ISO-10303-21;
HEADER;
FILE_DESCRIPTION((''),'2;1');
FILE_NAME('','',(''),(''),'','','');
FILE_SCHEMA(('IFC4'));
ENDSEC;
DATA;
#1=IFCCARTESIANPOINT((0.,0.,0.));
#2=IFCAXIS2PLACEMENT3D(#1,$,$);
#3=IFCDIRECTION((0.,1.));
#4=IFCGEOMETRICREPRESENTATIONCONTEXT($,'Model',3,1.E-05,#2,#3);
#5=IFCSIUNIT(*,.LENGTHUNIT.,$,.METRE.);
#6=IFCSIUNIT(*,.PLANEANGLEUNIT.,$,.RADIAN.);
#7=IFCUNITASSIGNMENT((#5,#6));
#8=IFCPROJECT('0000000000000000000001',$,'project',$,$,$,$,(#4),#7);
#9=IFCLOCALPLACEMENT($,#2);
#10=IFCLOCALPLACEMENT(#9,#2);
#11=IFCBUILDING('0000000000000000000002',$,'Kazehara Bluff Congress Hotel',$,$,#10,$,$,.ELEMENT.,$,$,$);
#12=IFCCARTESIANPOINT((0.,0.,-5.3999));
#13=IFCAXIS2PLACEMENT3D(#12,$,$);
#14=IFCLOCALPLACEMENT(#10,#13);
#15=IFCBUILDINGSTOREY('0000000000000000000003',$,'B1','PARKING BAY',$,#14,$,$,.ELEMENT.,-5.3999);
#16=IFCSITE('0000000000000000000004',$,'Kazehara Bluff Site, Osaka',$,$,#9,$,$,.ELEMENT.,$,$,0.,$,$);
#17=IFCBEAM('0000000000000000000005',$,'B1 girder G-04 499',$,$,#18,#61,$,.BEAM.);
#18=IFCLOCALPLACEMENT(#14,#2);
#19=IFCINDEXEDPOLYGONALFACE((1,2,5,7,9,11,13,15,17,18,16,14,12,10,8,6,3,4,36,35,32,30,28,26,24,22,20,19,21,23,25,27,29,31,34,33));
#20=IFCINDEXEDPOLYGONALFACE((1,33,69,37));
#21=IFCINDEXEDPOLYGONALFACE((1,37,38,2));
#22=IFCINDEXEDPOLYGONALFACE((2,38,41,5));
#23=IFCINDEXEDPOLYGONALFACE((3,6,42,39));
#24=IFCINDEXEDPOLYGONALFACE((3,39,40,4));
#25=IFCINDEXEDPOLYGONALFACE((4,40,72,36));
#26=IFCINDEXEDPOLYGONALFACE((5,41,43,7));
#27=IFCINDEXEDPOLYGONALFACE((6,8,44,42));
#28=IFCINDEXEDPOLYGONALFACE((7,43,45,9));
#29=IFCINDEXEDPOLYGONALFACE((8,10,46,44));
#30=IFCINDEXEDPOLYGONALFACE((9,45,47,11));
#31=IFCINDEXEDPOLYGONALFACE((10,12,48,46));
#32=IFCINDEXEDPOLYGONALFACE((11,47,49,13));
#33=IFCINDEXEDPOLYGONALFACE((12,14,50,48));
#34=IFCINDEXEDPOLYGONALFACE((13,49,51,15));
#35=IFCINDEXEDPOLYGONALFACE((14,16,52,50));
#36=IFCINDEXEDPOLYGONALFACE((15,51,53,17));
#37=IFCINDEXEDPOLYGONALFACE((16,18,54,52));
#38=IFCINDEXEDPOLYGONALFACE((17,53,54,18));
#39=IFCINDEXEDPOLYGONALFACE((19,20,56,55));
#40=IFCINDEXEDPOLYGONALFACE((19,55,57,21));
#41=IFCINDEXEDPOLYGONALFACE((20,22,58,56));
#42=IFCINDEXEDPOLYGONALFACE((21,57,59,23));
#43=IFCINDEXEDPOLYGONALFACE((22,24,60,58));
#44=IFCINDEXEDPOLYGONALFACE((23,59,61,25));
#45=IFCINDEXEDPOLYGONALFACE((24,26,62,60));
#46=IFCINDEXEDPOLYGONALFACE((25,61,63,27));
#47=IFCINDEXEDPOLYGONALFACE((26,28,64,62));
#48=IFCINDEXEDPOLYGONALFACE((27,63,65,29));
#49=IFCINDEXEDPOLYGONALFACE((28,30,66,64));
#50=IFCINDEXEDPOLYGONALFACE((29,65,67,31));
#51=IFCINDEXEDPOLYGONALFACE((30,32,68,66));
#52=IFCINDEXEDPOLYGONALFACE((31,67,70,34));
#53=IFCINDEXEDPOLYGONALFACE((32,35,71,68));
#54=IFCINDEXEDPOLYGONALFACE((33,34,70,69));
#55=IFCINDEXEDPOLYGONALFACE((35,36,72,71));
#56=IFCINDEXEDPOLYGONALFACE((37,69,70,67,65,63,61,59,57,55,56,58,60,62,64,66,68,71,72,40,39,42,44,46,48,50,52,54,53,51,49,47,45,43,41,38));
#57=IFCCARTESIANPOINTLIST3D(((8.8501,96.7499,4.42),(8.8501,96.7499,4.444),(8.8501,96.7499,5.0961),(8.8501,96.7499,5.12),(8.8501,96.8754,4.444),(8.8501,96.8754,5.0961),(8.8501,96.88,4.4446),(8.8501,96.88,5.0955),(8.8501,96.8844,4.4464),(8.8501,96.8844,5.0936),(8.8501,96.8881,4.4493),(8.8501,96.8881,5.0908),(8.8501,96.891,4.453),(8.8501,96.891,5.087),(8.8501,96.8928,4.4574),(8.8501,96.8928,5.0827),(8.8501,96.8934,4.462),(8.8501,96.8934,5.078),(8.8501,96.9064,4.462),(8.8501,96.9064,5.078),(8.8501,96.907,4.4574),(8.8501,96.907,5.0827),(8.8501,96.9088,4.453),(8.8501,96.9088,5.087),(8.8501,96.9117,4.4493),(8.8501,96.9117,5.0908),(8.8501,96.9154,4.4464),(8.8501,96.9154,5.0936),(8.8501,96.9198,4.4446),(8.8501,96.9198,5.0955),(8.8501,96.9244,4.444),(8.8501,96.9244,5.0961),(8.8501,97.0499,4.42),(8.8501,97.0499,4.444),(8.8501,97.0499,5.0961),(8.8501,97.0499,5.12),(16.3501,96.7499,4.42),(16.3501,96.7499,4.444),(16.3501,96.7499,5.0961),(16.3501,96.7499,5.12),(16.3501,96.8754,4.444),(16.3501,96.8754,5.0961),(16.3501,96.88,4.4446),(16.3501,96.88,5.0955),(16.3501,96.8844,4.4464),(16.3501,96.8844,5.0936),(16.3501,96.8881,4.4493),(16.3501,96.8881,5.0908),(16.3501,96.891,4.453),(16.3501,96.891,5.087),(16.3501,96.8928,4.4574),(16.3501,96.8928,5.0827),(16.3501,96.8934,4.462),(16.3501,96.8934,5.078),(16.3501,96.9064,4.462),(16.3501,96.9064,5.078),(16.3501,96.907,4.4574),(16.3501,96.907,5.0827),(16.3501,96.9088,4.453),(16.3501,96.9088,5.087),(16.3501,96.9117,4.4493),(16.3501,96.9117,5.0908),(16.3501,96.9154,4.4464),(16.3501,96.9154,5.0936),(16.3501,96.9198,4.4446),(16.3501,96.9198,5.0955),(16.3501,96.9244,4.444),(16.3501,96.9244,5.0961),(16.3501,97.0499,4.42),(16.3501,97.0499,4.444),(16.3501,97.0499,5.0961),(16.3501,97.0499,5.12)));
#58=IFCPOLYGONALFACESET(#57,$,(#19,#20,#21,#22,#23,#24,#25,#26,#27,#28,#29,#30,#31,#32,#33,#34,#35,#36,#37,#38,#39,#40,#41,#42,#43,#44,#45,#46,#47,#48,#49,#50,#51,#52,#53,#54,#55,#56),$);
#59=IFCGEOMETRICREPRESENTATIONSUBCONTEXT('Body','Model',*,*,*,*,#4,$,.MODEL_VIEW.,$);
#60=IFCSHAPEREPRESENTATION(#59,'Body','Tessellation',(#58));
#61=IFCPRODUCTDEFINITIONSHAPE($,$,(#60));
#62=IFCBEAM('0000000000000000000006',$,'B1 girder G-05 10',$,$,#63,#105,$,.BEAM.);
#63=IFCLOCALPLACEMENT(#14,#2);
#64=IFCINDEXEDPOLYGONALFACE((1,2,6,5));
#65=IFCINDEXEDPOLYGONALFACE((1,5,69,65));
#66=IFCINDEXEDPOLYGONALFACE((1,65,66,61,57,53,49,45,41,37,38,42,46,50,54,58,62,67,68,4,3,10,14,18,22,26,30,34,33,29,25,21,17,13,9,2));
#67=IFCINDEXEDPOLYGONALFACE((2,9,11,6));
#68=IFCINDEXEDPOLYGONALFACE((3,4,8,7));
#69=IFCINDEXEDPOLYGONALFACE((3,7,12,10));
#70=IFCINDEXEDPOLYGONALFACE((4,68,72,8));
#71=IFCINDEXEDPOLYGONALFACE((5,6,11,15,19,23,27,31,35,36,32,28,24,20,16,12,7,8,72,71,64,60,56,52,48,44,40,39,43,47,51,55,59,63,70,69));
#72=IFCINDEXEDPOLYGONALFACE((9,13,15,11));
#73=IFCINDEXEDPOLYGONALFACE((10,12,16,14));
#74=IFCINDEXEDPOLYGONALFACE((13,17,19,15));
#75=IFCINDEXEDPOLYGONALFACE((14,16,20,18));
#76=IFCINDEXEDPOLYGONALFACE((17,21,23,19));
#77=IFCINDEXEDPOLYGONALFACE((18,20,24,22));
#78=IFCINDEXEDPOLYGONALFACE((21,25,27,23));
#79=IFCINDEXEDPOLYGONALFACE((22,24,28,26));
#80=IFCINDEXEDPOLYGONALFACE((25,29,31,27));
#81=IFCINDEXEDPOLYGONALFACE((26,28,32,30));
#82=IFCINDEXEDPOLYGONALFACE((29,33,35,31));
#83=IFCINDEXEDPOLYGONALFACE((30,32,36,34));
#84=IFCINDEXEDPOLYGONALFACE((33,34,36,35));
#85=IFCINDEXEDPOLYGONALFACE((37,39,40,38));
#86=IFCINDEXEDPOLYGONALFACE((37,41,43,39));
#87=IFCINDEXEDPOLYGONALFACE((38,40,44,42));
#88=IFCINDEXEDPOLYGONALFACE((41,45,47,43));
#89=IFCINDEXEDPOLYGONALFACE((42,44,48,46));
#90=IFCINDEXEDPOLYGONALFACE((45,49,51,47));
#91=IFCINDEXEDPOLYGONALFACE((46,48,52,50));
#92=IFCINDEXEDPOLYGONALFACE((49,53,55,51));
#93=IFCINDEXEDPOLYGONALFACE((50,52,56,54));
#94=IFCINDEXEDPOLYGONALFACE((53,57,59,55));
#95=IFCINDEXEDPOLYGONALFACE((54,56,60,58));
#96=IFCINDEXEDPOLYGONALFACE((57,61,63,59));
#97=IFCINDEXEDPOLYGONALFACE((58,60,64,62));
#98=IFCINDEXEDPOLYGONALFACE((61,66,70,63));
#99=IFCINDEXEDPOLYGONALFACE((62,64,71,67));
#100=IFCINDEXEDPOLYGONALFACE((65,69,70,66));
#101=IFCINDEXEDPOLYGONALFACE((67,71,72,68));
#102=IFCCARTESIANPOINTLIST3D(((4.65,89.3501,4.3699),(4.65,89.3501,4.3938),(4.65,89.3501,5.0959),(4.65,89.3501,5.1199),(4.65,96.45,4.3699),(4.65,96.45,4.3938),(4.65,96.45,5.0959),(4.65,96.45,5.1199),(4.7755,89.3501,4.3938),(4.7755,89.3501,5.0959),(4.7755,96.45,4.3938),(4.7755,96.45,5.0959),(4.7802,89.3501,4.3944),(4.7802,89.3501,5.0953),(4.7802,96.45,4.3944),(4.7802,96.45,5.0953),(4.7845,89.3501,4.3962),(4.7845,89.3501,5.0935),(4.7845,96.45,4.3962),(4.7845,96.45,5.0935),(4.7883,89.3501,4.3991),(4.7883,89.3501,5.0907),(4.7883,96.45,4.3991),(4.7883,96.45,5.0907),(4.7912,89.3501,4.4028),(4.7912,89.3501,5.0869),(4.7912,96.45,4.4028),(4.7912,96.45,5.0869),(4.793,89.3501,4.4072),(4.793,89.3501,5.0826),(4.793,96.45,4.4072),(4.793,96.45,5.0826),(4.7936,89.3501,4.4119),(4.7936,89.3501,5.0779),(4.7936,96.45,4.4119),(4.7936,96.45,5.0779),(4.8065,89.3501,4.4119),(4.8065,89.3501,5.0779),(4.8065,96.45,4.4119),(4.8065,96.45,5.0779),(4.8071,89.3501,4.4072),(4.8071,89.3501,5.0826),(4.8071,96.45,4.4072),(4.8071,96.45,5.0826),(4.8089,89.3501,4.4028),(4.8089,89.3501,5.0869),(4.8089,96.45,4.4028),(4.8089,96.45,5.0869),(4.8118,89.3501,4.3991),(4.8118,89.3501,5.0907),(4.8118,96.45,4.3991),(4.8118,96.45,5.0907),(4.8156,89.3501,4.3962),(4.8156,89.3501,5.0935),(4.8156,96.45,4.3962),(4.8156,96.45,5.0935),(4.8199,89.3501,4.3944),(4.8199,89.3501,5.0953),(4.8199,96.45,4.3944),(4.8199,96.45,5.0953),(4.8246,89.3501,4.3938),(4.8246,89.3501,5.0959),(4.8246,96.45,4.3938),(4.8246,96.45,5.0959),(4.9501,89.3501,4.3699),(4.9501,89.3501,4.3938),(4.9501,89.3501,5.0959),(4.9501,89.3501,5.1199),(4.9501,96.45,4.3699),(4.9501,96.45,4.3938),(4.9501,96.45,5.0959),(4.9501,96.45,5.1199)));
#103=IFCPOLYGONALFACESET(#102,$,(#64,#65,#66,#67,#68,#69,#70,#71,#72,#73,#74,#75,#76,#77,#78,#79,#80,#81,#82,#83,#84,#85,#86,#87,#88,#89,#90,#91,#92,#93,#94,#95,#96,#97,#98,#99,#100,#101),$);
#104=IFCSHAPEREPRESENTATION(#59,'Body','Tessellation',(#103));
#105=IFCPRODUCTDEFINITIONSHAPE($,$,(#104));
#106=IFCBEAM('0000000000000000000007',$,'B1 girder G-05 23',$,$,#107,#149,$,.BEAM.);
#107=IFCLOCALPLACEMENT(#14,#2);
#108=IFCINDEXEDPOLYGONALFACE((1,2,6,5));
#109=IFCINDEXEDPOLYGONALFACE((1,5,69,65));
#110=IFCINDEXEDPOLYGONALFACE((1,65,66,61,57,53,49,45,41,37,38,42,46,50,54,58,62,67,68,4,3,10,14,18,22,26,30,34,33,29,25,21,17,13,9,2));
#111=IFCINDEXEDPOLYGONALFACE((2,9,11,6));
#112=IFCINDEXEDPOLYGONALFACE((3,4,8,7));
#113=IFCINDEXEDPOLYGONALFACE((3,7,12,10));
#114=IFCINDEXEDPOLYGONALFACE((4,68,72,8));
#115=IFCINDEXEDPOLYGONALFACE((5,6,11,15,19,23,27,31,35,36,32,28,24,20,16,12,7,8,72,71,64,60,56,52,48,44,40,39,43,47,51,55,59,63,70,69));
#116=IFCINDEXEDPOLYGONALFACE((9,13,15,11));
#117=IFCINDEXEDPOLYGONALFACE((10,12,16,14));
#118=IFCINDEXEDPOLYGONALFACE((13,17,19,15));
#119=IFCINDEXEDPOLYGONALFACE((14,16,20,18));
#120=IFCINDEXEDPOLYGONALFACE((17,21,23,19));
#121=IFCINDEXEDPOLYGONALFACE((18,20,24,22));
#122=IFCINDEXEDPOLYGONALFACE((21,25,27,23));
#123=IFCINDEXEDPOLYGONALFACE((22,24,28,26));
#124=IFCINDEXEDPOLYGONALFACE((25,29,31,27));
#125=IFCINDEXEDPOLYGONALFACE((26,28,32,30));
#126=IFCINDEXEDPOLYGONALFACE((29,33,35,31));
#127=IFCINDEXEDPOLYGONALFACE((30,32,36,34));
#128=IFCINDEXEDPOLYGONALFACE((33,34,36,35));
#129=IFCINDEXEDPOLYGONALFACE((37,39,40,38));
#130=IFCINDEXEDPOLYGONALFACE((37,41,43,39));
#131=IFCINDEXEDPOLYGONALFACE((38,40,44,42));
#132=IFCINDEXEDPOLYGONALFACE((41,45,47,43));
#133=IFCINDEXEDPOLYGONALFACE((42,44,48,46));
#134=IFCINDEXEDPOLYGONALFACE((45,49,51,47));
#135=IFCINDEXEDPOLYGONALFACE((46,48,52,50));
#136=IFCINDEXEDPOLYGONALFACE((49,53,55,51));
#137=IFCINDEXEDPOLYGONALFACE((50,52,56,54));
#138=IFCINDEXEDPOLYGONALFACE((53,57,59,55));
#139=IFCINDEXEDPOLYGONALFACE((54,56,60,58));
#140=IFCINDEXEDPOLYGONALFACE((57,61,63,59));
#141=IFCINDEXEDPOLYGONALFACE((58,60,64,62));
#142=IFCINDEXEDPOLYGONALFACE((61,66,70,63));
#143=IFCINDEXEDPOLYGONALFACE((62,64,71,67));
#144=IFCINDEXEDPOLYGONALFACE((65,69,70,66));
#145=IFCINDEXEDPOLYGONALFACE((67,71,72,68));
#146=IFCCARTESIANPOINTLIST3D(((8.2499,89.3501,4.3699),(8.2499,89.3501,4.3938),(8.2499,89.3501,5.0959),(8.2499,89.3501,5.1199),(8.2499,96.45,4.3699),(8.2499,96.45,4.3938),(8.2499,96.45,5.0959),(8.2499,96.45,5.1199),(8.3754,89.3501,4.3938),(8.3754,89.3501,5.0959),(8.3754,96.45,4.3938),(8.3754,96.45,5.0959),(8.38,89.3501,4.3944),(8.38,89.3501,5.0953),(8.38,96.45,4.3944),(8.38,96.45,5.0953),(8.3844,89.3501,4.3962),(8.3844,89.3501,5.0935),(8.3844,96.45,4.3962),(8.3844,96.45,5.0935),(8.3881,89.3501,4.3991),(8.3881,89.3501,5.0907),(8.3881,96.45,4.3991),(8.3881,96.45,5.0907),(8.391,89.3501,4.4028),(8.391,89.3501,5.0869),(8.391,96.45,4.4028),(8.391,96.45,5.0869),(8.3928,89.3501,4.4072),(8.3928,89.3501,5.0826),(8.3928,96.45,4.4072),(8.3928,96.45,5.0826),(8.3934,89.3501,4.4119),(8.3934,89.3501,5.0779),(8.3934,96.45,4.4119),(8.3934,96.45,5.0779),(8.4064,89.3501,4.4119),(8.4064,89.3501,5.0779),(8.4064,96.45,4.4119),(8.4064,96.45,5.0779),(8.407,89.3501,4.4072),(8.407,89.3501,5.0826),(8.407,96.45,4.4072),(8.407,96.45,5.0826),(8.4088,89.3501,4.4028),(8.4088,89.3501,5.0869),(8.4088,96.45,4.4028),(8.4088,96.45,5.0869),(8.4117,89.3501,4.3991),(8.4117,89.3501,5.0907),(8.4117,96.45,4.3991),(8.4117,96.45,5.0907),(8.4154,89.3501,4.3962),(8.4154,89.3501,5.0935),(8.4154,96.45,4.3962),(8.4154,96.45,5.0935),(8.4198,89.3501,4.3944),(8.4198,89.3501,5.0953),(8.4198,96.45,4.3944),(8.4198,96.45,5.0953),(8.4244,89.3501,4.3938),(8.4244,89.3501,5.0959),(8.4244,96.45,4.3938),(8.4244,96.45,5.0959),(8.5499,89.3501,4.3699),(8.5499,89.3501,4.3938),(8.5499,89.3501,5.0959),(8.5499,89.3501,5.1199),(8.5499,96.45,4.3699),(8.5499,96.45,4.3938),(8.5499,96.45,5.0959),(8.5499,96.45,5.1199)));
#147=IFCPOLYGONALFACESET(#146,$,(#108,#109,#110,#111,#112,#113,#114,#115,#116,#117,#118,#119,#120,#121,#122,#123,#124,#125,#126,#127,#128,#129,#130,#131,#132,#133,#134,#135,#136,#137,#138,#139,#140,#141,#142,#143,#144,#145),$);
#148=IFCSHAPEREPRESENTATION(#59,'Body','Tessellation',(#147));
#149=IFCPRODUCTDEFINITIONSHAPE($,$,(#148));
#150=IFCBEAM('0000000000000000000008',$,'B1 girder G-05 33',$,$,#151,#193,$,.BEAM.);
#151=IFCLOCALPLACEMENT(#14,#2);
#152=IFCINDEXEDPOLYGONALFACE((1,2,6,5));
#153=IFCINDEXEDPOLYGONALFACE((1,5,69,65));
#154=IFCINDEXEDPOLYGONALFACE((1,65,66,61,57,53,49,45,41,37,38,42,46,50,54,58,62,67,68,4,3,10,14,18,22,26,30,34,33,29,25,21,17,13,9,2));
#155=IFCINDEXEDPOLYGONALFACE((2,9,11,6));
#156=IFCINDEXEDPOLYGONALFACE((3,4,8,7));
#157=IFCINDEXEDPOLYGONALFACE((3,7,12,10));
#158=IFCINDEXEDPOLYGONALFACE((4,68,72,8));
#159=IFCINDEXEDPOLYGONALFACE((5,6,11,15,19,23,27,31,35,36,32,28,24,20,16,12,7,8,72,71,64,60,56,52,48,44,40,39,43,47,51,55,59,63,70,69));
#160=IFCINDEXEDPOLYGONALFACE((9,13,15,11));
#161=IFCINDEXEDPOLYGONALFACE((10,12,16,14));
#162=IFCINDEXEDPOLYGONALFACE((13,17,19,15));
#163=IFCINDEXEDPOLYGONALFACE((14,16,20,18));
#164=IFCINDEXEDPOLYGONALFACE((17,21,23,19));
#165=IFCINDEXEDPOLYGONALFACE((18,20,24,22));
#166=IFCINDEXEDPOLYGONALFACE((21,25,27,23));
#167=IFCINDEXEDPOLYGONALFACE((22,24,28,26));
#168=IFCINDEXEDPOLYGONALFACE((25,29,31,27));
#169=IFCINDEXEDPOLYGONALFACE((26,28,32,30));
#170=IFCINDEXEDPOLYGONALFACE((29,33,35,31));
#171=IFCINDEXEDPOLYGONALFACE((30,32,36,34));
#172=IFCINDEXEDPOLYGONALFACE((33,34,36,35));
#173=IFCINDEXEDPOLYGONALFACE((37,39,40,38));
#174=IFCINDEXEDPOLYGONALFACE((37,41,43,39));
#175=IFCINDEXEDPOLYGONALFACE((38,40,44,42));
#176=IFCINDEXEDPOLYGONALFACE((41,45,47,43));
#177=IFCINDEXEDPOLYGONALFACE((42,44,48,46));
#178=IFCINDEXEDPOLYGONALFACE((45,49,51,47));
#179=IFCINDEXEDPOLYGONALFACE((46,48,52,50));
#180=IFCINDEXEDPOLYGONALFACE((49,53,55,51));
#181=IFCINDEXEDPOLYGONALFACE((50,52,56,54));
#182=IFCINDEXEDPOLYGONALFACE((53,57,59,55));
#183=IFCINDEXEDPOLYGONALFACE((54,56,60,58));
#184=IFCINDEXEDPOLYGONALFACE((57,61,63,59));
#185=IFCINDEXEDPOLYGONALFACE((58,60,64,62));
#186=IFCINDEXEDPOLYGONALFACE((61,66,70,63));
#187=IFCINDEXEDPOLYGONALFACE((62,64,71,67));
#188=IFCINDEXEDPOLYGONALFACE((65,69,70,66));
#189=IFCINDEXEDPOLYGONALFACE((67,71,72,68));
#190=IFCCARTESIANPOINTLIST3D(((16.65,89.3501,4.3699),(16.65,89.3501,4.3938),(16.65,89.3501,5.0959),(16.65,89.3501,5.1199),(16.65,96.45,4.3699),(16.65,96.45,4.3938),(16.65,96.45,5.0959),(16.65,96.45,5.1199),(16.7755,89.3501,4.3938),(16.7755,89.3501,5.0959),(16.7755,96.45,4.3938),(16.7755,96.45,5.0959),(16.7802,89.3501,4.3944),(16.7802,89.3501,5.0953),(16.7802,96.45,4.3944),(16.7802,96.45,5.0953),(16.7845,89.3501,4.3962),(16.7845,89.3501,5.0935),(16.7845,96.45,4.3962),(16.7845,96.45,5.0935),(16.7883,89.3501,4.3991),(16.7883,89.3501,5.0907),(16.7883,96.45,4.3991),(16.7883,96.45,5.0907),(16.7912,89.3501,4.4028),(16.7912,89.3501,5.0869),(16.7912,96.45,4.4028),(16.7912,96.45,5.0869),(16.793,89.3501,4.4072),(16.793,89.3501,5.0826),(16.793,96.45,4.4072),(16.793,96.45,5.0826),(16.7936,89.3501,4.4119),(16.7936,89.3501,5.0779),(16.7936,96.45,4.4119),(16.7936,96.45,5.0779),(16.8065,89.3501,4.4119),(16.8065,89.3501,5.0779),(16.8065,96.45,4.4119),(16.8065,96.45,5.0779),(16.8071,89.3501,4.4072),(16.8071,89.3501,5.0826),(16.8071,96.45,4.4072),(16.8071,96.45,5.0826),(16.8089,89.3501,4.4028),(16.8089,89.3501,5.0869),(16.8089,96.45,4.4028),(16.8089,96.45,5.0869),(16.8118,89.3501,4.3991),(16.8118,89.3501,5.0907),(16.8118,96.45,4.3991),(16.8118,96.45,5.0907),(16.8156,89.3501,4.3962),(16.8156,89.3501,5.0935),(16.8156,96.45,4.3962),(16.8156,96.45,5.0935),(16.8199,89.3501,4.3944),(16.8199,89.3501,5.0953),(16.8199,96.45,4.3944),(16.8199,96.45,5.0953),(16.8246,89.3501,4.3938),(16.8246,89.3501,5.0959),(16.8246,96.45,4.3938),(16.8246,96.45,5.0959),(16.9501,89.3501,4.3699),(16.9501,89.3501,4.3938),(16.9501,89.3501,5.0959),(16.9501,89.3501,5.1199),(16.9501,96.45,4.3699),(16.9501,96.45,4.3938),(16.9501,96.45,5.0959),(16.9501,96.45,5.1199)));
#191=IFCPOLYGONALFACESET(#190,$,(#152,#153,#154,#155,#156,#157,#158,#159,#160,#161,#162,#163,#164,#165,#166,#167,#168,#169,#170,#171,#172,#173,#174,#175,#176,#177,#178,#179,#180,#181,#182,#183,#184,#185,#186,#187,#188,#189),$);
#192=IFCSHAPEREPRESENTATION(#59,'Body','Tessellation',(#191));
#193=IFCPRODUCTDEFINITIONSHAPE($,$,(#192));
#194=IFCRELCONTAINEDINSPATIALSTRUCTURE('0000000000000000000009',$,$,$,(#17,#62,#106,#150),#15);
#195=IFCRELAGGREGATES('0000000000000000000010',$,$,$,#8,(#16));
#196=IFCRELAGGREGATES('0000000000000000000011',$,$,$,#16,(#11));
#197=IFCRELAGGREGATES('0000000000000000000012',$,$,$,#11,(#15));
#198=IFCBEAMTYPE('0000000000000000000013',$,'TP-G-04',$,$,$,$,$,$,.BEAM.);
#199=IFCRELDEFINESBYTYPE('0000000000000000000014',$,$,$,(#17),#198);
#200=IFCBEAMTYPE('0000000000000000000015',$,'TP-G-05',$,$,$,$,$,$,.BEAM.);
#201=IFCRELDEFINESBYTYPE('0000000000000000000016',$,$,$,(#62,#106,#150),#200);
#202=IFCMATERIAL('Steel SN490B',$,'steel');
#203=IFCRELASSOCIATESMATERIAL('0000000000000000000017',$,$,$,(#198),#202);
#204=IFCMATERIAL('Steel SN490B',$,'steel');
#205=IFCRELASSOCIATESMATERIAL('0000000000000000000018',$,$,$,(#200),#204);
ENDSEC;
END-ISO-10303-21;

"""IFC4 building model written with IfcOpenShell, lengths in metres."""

from ifc_helpers import new_model, si_unit, direction, frame, origin, origin_2d, place, context, subcontext, project, spatial, i_section, extrude, material, material_profile, profile_set, type_object, element, save


model = new_model("IFC4")

# Units and contexts
model_context = context("Model", 3, precision=1e-05, world=origin(), true_north=direction((0.0, 1.0)))
body_context = subcontext(model_context, "Body", "Model", "MODEL_VIEW")
ifc_project = project(units=[si_unit("LENGTHUNIT", "METRE"), si_unit("PLANEANGLEUNIT", "RADIAN")], contexts=[model_context])

# Site, building, storey
site_placement = place(None, origin())
site = spatial("IfcSite", under=ifc_project, at=site_placement, Name="Kazehara Bluff Site, Osaka", CompositionType="ELEMENT", RefElevation=0.0)
building_placement = place(site_placement, origin())
building = spatial("IfcBuilding", under=site, at=building_placement, Name="Kazehara Bluff Congress Hotel", CompositionType="ELEMENT")
storey_placement = place(building_placement, frame((0.0, 0.0, -5.3999)))
storey = spatial("IfcBuildingStorey", under=building, at=storey_placement, Name="B1", Description="PARKING BAY", CompositionType="ELEMENT", Elevation=-5.3999)

# Beams
ifc_material_1 = material(Name="Steel SN490B", Category="steel")
ifc_material_profile_1 = material_profile(ifc_material_1, i_section(OverallWidth=0.3, OverallDepth=0.7, WebThickness=0.0129, FlangeThickness=0.0239, FilletRadius=0.0181, at=origin_2d()))
ifc_profile_set_1 = profile_set([ifc_material_profile_1], Name="Steel SN490B")
beam_type_1 = type_object("IfcBeamType", Name="TP-G-04", PredefinedType="BEAM", material=ifc_profile_set_1)
beam_1_placement = place(storey_placement, frame((8.8501, 96.8999, 4.77), z_axis=(1.0, 0.0, 0.0), x_axis=(0.0, 1.0, 0.0)))
element("IfcBeam", 1, at=beam_1_placement, inside=storey, type_object=beam_type_1, Name="B1 girder G-04 499", PredefinedType="BEAM", context=body_context, shape_type="SweptSolid", body=[
    extrude(i_section(OverallWidth=0.3, OverallDepth=0.7, WebThickness=0.0129, FlangeThickness=0.0239, FilletRadius=0.0181, at=origin_2d()), origin(), (0.0, 0.0, 1.0), 7.5),
])
ifc_material_2 = material(Name="Steel SN490B", Category="steel")
ifc_material_profile_2 = material_profile(ifc_material_2, i_section(OverallWidth=0.3, OverallDepth=0.75, WebThickness=0.0129, FlangeThickness=0.0239, FilletRadius=0.0181, at=origin_2d()))
ifc_profile_set_2 = profile_set([ifc_material_profile_2], Name="Steel SN490B")
beam_type_2 = type_object("IfcBeamType", Name="TP-G-05", PredefinedType="BEAM", material=ifc_profile_set_2)
for number, where, z_axis, x_axis, name in (
    (2, (4.8, 89.3501, 4.7449), (0.0, 1.0, 0.0), (-1.0, 0.0, 0.0), "B1 girder G-05 10"),
    (3, (8.3999, 89.3501, 4.7449), (0.0, 1.0, 0.0), (-1.0, 0.0, 0.0), "B1 girder G-05 23"),
    (4, (16.8, 89.3501, 4.7449), (0.0, 1.0, 0.0), (-1.0, 0.0, 0.0), "B1 girder G-05 33"),
):
    element("IfcBeam", number, at=place(storey_placement, frame(where, z_axis=z_axis, x_axis=x_axis)), inside=storey, type_object=beam_type_2, Name=name, PredefinedType="BEAM", context=body_context, shape_type="SweptSolid", body=[
        extrude(i_section(OverallWidth=0.3, OverallDepth=0.75, WebThickness=0.0129, FlangeThickness=0.0239, FilletRadius=0.0181, at=origin_2d()), origin(), (0.0, 0.0, 1.0), 7.0999),
    ])

save(model, "model.ifc")
